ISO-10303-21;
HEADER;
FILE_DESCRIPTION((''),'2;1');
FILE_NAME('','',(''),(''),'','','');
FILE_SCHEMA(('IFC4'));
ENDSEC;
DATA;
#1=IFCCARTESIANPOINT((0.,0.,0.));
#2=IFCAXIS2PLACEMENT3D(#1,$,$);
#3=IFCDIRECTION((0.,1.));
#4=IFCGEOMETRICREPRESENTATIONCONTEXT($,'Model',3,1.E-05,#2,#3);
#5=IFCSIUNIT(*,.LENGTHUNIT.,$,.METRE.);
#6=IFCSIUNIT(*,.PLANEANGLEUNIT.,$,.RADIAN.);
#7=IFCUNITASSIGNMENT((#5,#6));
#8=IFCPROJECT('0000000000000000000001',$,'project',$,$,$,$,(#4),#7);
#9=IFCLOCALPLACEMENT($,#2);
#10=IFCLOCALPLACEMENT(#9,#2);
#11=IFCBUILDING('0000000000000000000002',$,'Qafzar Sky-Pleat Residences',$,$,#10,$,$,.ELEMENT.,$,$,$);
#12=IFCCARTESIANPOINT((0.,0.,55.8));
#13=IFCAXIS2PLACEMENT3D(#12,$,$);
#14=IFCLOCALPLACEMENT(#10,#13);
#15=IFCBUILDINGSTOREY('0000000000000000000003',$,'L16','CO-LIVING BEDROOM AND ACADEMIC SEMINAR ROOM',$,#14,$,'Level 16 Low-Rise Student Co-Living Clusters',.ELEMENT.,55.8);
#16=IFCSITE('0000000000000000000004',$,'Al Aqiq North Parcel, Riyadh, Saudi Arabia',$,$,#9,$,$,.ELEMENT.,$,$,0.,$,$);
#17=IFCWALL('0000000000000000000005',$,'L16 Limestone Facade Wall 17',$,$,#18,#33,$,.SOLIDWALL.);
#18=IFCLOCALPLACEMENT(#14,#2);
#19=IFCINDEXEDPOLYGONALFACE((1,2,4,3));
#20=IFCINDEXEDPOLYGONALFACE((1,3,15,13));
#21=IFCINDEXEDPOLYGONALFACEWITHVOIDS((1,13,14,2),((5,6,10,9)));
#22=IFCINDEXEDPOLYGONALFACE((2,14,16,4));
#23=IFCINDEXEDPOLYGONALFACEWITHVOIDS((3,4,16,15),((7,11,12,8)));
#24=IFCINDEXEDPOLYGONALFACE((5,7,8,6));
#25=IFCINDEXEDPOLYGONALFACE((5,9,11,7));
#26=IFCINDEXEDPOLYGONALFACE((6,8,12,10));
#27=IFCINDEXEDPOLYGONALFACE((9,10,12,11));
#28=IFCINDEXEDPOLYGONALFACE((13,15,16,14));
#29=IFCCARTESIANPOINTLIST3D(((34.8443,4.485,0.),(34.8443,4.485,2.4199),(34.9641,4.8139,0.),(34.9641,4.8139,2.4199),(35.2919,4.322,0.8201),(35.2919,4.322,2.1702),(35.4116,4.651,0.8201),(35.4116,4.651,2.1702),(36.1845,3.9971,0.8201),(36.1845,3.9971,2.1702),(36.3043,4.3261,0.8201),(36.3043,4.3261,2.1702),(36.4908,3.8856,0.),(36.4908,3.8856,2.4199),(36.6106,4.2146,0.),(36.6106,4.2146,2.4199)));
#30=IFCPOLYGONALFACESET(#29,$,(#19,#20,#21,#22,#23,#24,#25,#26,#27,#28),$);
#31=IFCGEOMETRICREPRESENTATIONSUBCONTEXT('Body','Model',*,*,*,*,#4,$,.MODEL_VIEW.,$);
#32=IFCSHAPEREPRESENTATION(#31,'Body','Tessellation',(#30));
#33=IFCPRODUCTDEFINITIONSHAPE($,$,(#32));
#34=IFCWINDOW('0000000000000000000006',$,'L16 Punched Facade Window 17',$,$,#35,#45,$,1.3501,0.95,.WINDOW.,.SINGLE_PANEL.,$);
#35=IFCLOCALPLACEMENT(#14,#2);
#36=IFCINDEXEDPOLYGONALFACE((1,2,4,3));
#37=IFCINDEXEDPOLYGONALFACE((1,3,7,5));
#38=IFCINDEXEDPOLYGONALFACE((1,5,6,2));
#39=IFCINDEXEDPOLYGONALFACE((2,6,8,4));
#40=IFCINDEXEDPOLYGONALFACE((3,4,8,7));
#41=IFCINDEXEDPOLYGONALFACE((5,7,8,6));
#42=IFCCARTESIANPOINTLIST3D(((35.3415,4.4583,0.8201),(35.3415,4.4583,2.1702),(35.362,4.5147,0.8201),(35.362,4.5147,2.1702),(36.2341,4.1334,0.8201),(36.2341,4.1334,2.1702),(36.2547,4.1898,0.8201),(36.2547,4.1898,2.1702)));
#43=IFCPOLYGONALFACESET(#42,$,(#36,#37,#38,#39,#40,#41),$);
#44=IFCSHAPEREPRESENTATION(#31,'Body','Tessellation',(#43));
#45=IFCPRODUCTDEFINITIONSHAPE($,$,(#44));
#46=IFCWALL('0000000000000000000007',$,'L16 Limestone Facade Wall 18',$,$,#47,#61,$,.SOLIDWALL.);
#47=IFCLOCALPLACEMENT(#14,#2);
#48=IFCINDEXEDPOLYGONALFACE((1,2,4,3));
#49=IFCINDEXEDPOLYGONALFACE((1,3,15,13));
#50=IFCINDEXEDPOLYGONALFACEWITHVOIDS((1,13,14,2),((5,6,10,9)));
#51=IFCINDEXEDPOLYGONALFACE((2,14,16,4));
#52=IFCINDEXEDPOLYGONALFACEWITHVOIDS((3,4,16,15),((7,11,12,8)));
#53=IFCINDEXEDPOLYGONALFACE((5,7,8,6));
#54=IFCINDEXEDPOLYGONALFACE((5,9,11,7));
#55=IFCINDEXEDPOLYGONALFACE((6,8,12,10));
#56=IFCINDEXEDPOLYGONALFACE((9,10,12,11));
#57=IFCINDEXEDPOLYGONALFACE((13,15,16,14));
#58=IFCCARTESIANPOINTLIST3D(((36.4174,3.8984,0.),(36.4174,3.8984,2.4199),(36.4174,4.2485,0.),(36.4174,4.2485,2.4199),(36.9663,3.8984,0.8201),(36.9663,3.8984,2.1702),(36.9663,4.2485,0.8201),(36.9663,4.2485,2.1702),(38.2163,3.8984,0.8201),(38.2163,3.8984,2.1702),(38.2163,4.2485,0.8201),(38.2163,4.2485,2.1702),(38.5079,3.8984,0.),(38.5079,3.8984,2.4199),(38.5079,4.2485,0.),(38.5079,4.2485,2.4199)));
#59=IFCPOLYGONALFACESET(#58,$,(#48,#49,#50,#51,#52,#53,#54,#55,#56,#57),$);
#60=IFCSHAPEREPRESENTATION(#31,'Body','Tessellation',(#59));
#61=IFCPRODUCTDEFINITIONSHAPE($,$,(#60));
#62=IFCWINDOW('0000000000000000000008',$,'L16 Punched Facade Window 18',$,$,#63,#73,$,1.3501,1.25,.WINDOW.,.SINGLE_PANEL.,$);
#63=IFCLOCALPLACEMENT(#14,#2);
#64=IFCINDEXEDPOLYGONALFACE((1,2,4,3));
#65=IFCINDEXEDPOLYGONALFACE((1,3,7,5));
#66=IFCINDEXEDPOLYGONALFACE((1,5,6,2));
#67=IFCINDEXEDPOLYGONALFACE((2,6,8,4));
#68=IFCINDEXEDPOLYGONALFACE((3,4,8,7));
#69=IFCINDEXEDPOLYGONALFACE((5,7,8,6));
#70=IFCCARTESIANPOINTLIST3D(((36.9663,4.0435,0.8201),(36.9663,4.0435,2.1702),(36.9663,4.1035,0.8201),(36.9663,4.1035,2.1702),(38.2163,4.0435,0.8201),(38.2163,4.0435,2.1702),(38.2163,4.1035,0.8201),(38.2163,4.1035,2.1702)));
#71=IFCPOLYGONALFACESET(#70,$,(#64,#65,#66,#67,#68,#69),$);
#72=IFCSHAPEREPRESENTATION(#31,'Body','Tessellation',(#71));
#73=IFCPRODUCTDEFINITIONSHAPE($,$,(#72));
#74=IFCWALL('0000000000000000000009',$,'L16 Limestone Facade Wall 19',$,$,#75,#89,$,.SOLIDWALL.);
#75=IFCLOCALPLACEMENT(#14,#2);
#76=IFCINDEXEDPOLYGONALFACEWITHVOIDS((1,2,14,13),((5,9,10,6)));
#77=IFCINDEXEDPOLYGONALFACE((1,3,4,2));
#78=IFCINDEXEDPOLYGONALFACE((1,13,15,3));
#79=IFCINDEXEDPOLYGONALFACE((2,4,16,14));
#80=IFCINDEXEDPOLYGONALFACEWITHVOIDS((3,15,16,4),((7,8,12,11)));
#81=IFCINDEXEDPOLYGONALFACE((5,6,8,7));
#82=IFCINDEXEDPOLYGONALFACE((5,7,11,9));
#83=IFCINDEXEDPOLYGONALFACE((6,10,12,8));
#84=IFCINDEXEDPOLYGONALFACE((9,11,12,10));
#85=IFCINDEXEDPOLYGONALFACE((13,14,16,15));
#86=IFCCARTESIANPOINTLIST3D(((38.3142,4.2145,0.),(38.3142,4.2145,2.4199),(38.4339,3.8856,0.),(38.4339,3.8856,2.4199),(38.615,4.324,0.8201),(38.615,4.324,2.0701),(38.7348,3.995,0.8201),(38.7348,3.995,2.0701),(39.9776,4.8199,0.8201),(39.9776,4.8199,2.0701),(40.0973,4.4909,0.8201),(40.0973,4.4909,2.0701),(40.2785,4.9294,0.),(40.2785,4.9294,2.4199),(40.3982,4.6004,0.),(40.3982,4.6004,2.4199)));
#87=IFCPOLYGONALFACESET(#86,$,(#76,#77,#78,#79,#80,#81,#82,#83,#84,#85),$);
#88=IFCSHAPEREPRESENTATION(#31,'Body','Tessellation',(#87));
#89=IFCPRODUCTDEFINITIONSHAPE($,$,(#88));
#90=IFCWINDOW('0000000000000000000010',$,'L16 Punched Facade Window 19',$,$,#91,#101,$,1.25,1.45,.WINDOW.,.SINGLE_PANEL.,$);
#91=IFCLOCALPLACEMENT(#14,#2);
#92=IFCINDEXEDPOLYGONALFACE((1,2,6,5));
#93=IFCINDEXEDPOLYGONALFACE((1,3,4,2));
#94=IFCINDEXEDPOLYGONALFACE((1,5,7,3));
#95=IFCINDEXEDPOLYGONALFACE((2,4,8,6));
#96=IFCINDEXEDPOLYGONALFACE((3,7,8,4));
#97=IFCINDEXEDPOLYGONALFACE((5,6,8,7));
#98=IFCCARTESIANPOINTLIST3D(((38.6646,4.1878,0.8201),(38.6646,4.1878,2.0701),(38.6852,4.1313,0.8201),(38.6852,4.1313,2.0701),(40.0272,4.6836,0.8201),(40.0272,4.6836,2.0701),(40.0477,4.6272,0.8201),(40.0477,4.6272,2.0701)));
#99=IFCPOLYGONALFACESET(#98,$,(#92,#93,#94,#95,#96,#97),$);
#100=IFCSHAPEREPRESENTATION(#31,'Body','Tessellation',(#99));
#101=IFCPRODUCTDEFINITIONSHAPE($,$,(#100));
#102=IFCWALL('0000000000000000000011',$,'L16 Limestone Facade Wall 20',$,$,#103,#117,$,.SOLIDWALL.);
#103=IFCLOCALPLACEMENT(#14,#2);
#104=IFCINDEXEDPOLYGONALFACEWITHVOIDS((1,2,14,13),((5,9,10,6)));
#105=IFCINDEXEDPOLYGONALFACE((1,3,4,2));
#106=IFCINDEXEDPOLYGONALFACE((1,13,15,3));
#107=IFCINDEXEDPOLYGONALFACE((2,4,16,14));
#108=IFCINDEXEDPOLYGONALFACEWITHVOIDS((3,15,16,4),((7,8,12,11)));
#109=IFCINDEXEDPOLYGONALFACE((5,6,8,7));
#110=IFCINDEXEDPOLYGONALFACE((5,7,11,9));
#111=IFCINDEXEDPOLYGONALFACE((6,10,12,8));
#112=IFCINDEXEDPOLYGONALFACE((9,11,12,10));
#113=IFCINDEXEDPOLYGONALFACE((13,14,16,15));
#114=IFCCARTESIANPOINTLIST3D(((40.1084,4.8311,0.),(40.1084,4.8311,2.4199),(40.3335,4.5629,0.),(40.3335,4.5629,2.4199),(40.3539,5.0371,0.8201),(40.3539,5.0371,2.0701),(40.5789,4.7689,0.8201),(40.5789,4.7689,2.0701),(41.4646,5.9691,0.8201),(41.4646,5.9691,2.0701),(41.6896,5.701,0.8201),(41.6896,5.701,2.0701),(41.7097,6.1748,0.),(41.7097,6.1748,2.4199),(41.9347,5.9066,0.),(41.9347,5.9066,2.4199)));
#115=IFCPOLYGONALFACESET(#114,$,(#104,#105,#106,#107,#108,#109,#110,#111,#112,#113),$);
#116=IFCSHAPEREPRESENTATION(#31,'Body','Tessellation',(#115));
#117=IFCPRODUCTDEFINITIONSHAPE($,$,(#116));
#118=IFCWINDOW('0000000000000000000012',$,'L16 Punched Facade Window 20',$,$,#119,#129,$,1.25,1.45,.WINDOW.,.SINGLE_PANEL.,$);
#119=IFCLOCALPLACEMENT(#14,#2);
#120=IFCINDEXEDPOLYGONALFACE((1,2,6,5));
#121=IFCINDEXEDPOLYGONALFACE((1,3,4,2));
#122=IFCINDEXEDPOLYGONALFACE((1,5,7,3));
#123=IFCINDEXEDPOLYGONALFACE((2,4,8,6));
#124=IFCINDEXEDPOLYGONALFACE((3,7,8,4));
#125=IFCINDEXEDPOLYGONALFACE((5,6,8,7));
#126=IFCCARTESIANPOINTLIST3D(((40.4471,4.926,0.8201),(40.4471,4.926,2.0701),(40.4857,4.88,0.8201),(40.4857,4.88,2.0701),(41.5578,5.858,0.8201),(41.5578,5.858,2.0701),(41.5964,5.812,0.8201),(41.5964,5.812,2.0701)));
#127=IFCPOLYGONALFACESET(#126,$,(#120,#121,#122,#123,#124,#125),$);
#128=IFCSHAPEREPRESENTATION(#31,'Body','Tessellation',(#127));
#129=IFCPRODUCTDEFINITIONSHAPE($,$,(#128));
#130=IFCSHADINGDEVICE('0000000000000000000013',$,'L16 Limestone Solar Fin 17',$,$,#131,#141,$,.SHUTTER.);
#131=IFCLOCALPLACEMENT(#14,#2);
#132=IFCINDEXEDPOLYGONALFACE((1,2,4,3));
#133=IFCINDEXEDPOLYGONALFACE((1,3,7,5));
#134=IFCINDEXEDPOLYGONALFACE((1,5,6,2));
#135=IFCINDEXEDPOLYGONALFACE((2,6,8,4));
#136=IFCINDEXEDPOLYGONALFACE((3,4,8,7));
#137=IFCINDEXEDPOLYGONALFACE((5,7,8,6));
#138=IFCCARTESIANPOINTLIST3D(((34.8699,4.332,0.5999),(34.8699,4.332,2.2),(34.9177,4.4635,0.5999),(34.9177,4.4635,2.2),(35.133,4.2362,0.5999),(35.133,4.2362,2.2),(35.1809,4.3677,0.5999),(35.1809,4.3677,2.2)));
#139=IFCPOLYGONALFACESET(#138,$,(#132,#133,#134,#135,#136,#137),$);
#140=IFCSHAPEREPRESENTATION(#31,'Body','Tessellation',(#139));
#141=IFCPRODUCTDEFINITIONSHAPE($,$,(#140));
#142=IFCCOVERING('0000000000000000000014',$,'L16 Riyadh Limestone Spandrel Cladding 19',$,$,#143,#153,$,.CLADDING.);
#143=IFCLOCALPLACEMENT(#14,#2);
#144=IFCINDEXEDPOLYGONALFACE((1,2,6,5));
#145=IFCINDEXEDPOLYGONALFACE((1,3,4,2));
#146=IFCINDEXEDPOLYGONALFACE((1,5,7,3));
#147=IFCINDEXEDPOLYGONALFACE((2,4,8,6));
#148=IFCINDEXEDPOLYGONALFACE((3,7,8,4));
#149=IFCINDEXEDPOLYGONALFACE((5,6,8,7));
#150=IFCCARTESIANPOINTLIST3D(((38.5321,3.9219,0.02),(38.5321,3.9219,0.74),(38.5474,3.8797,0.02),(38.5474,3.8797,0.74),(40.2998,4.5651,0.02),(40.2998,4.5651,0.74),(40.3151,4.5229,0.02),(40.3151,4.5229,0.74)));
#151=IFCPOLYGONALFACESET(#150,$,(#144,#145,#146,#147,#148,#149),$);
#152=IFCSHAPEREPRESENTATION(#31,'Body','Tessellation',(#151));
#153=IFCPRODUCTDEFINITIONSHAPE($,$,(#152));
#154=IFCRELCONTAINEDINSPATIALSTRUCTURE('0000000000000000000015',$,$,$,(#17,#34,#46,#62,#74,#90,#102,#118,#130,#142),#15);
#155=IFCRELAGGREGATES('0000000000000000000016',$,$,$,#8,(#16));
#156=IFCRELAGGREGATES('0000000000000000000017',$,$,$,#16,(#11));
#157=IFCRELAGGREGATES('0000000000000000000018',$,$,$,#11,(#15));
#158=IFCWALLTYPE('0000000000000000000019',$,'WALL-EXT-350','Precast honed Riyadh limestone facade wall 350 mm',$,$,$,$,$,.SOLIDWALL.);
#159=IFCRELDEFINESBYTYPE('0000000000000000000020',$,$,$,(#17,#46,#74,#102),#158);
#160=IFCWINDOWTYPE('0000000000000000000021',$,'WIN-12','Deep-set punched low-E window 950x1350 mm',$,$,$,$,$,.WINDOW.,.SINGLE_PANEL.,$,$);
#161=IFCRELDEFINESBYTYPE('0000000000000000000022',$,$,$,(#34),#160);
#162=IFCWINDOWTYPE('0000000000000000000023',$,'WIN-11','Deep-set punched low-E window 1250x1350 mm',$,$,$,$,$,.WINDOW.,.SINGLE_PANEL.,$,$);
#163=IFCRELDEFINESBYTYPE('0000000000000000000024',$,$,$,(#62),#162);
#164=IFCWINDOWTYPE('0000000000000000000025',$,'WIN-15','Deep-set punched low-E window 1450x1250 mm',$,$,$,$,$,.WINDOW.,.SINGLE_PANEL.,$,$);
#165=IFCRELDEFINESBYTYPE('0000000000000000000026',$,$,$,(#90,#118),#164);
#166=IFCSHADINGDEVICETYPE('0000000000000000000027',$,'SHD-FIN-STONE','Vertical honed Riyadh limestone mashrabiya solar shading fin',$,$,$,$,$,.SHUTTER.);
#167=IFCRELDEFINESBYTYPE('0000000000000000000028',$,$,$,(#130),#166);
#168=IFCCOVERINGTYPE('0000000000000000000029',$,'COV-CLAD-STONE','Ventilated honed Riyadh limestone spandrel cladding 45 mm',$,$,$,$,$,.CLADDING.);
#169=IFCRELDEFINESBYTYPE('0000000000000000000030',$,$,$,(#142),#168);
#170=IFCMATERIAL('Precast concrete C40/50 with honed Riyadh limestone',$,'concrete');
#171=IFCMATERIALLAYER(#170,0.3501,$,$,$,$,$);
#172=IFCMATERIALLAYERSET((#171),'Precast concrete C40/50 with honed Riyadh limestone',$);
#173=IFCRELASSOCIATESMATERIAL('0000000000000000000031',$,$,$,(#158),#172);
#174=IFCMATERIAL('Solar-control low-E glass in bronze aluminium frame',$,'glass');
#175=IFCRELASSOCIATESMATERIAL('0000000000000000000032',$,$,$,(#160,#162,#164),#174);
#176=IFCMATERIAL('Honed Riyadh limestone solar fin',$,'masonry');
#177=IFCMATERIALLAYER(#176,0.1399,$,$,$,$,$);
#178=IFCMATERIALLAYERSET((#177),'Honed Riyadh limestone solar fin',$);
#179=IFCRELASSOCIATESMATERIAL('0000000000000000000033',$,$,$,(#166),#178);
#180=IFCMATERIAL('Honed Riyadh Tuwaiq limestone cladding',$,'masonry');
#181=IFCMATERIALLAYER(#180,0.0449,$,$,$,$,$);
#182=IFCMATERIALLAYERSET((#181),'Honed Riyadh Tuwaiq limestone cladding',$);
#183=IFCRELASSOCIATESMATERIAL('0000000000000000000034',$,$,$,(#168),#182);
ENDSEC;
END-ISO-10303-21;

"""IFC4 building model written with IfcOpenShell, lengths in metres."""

from ifc_helpers import new_model, si_unit, direction, frame, frame_2d, origin, origin_2d, place, context, subcontext, project, spatial, rectangle, extrude, source, transform, mapped, material, layer, layer_set, type_object, element, fill, save


model = new_model("IFC4")

# Units and contexts
model_context = context("Model", 3, precision=1e-05, world=origin(), true_north=direction((0.0, 1.0)))
body_context = subcontext(model_context, "Body", "Model", "MODEL_VIEW")
ifc_project = project(units=[si_unit("LENGTHUNIT", "METRE"), si_unit("PLANEANGLEUNIT", "RADIAN")], contexts=[model_context])

# Site, building, storey
site_placement = place(None, origin())
site = spatial("IfcSite", under=ifc_project, at=site_placement, Name="Al Aqiq North Parcel, Riyadh, Saudi Arabia", CompositionType="ELEMENT", RefElevation=0.0)
building_placement = place(site_placement, origin())
building = spatial("IfcBuilding", under=site, at=building_placement, Name="Qafzar Sky-Pleat Residences", CompositionType="ELEMENT")
storey_placement = place(building_placement, frame((0.0, 0.0, 55.8)))
storey = spatial("IfcBuildingStorey", under=building, at=storey_placement, Name="L16", Description="CO-LIVING BEDROOM AND ACADEMIC SEMINAR ROOM", LongName="Level 16 Low-Rise Student Co-Living Clusters", CompositionType="ELEMENT", Elevation=55.8)

# Walls, openings, windows
ifc_material_1 = material(Name="Precast concrete C40/50 with honed Riyadh limestone", Category="concrete")
ifc_layer_1 = layer(ifc_material_1, 0.3501)
ifc_layer_set_1 = layer_set([ifc_layer_1], Name="Precast concrete C40/50 with honed Riyadh limestone")
wall_type_1 = type_object("IfcWallType", Name="WALL-EXT-350", Description="Precast honed Riyadh limestone facade wall 350 mm", PredefinedType="SOLIDWALL", material=ifc_layer_set_1)
wall_1_placement = place(storey_placement, frame((34.9043, 4.6494, 0.0), z_axis=(0.0, 0.0, 1.0), x_axis=(0.939675, -0.342067, 0.0)))
wall_1 = element("IfcWall", 1, at=wall_1_placement, inside=storey, type_object=wall_type_1, Name="L16 Limestone Facade Wall 17", PredefinedType="SOLIDWALL", context=body_context, shape_type="SweptSolid", body=[
    extrude(rectangle(XDim=1.7522, YDim=0.3501, at=frame_2d((0.876, 0.0))), origin(), (0.0, 0.0, 1.0), 2.4199),
])
opening_1_placement = place(wall_1_placement, frame((0.4761, 0.0, 0.8201)))
opening_1 = element("IfcOpeningElement", 2, at=opening_1_placement, cuts=wall_1, PredefinedType="OPENING", context=body_context, shape_type="SweptSolid", body=[
    extrude(rectangle(XDim=0.95, YDim=1.3501, at=frame_2d((0.4751, 0.675))), frame((0.0, 0.1851, 0.0), z_axis=(0.0, -1.0, 0.0), x_axis=(1.0, 0.0, 0.0)), (0.0, 0.0, 1.0), 0.3701),
])
ifc_material_2 = material(Name="Solar-control low-E glass in bronze aluminium frame", Category="glass")
window_type_1 = type_object("IfcWindowType", Name="WIN-12", Description="Deep-set punched low-E window 950x1350 mm", PartitioningType="SINGLE_PANEL", PredefinedType="WINDOW", material=ifc_material_2)
shared_shape_1 = source(origin(), body_context, "Body", "SweptSolid", [
    extrude(rectangle(XDim=0.95, YDim=1.3501, at=frame_2d((0.4751, 0.675))), frame((0.0, 0.03, 0.0), z_axis=(0.0, -1.0, 0.0), x_axis=(1.0, 0.0, 0.0)), (0.0, 0.0, 1.0), 0.0601),
])
window_1_placement = place(opening_1_placement, origin())
window_1 = element("IfcWindow", 3, at=window_1_placement, inside=storey, type_object=window_type_1, Name="L16 Punched Facade Window 17", OverallHeight=1.3501, OverallWidth=0.95, PartitioningType="SINGLE_PANEL", PredefinedType="WINDOW", context=body_context, shape_type="MappedRepresentation", body=[
    mapped(shared_shape_1, transform((0.0, 0.0, 0.0), x_axis=(1.0, 0.0, 0.0), y_axis=(0.0, 1.0, 0.0), z_axis=(0.0, 0.0, 1.0), scale=1.0)),
])
fill(opening_1, window_1)
wall_2_placement = place(storey_placement, frame((36.4172, 4.0735, 0.0), z_axis=(0.0, 0.0, 1.0), x_axis=(1.0, 0.0, 0.0)))
wall_2 = element("IfcWall", 4, at=wall_2_placement, inside=storey, type_object=wall_type_1, Name="L16 Limestone Facade Wall 18", PredefinedType="SOLIDWALL", context=body_context, shape_type="SweptSolid", body=[
    extrude(rectangle(XDim=2.0906, YDim=0.3501, at=frame_2d((1.0454, 0.0))), origin(), (0.0, 0.0, 1.0), 2.4199),
])
opening_2_placement = place(wall_2_placement, frame((0.5491, 0.0, 0.8201)))
opening_2 = element("IfcOpeningElement", 5, at=opening_2_placement, cuts=wall_2, PredefinedType="OPENING", context=body_context, shape_type="SweptSolid", body=[
    extrude(rectangle(XDim=1.25, YDim=1.3501, at=frame_2d((0.625, 0.675))), frame((0.0, 0.1851, 0.0), z_axis=(0.0, -1.0, 0.0), x_axis=(1.0, 0.0, 0.0)), (0.0, 0.0, 1.0), 0.3701),
])
window_type_2 = type_object("IfcWindowType", Name="WIN-11", Description="Deep-set punched low-E window 1250x1350 mm", PartitioningType="SINGLE_PANEL", PredefinedType="WINDOW", material=ifc_material_2)
shared_shape_2 = source(origin(), body_context, "Body", "SweptSolid", [
    extrude(rectangle(XDim=1.25, YDim=1.3501, at=frame_2d((0.625, 0.675))), frame((0.0, 0.03, 0.0), z_axis=(0.0, -1.0, 0.0), x_axis=(1.0, 0.0, 0.0)), (0.0, 0.0, 1.0), 0.0601),
])
window_2_placement = place(opening_2_placement, origin())
window_2 = element("IfcWindow", 6, at=window_2_placement, inside=storey, type_object=window_type_2, Name="L16 Punched Facade Window 18", OverallHeight=1.3501, OverallWidth=1.25, PartitioningType="SINGLE_PANEL", PredefinedType="WINDOW", context=body_context, shape_type="MappedRepresentation", body=[
    mapped(shared_shape_2, transform((0.0, 0.0, 0.0), x_axis=(1.0, 0.0, 0.0), y_axis=(0.0, 1.0, 0.0), z_axis=(0.0, 0.0, 1.0), scale=1.0)),
])
fill(opening_2, window_2)
wall_3_placement = place(storey_placement, frame((38.374, 4.05, 0.0), z_axis=(0.0, 0.0, 1.0), x_axis=(0.939712, 0.341968, 0.0)))
wall_3 = element("IfcWall", 7, at=wall_3_placement, inside=storey, type_object=wall_type_1, Name="L16 Limestone Facade Wall 19", PredefinedType="SOLIDWALL", context=body_context, shape_type="SweptSolid", body=[
    extrude(rectangle(XDim=2.0903, YDim=0.3501, at=frame_2d((1.0452, 0.0))), origin(), (0.0, 0.0, 1.0), 2.4199),
])
opening_3_placement = place(wall_3_placement, frame((0.3201, 0.0, 0.8201)))
opening_3 = element("IfcOpeningElement", 8, at=opening_3_placement, cuts=wall_3, PredefinedType="OPENING", context=body_context, shape_type="SweptSolid", body=[
    extrude(rectangle(XDim=1.45, YDim=1.25, at=frame_2d((0.7251, 0.625))), frame((0.0, 0.1851, 0.0), z_axis=(0.0, -1.0, 0.0), x_axis=(1.0, 0.0, 0.0)), (0.0, 0.0, 1.0), 0.3701),
])
window_type_3 = type_object("IfcWindowType", Name="WIN-15", Description="Deep-set punched low-E window 1450x1250 mm", PartitioningType="SINGLE_PANEL", PredefinedType="WINDOW", material=ifc_material_2)
shared_shape_3 = source(origin(), body_context, "Body", "SweptSolid", [
    extrude(rectangle(XDim=1.45, YDim=1.25, at=frame_2d((0.7251, 0.625))), frame((0.0, 0.03, 0.0), z_axis=(0.0, -1.0, 0.0), x_axis=(1.0, 0.0, 0.0)), (0.0, 0.0, 1.0), 0.0601),
])
window_3_placement = place(opening_3_placement, origin())
window_3 = element("IfcWindow", 9, at=window_3_placement, inside=storey, type_object=window_type_3, Name="L16 Punched Facade Window 19", OverallHeight=1.25, OverallWidth=1.45, PartitioningType="SINGLE_PANEL", PredefinedType="WINDOW", context=body_context, shape_type="MappedRepresentation", body=[
    mapped(shared_shape_3, transform((0.0, 0.0, 0.0), x_axis=(1.0, 0.0, 0.0), y_axis=(0.0, 1.0, 0.0), z_axis=(0.0, 0.0, 1.0), scale=1.0)),
])
fill(opening_3, window_3)
wall_4_placement = place(storey_placement, frame((40.2209, 4.697, 0.0), z_axis=(0.0, 0.0, 1.0), x_axis=(0.766025, 0.642811, 0.0)))
wall_4 = element("IfcWall", 10, at=wall_4_placement, inside=storey, type_object=wall_type_1, Name="L16 Limestone Facade Wall 20", PredefinedType="SOLIDWALL", context=body_context, shape_type="SweptSolid", body=[
    extrude(rectangle(XDim=2.0903, YDim=0.3501, at=frame_2d((1.0452, 0.0))), origin(), (0.0, 0.0, 1.0), 2.4199),
])
opening_4_placement = place(wall_4_placement, frame((0.3203, 0.0, 0.8201)))
opening_4 = element("IfcOpeningElement", 11, at=opening_4_placement, cuts=wall_4, PredefinedType="OPENING", context=body_context, shape_type="SweptSolid", body=[
    extrude(rectangle(XDim=1.45, YDim=1.25, at=frame_2d((0.7251, 0.625))), frame((0.0, 0.1851, 0.0), z_axis=(0.0, -1.0, 0.0), x_axis=(1.0, 0.0, 0.0)), (0.0, 0.0, 1.0), 0.3701),
])
window_4_placement = place(opening_4_placement, origin())
window_4 = element("IfcWindow", 12, at=window_4_placement, inside=storey, type_object=window_type_3, Name="L16 Punched Facade Window 20", OverallHeight=1.25, OverallWidth=1.45, PartitioningType="SINGLE_PANEL", PredefinedType="WINDOW", context=body_context, shape_type="MappedRepresentation", body=[
    mapped(shared_shape_3, transform((0.0, 0.0, 0.0), x_axis=(1.0, 0.0, 0.0), y_axis=(0.0, 1.0, 0.0), z_axis=(0.0, 0.0, 1.0), scale=1.0)),
])
fill(opening_4, window_4)

# Shading device
ifc_material_3 = material(Name="Honed Riyadh limestone solar fin", Category="masonry")
ifc_layer_2 = layer(ifc_material_3, 0.1399)
ifc_layer_set_2 = layer_set([ifc_layer_2], Name="Honed Riyadh limestone solar fin")
shading_device_type = type_object("IfcShadingDeviceType", Name="SHD-FIN-STONE", Description="Vertical honed Riyadh limestone mashrabiya solar shading fin", PredefinedType="SHUTTER", material=ifc_layer_set_2)
shared_shape_4 = source(origin(), body_context, "Body", "SweptSolid", [
    extrude(rectangle(XDim=0.1399, YDim=0.28, at=origin_2d()), origin(), (0.0, 0.0, 1.0), 1.6001),
])
shading_device_placement = place(storey_placement, frame((35.0254, 4.3499, 0.5999), z_axis=(0.0, 0.0, 1.0), x_axis=(-0.34201, -0.939696, 0.0)))
element("IfcShadingDevice", 13, at=shading_device_placement, inside=storey, type_object=shading_device_type, Name="L16 Limestone Solar Fin 17", PredefinedType="SHUTTER", context=body_context, shape_type="MappedRepresentation", body=[
    mapped(shared_shape_4, transform((0.0, 0.0, 0.0), x_axis=(1.0, 0.0, 0.0), y_axis=(0.0, 1.0, 0.0), z_axis=(0.0, 0.0, 1.0), scale=1.0)),
])

# Covering
ifc_material_4 = material(Name="Honed Riyadh Tuwaiq limestone cladding", Category="masonry")
ifc_layer_3 = layer(ifc_material_4, 0.0449)
ifc_layer_set_3 = layer_set([ifc_layer_3], Name="Honed Riyadh Tuwaiq limestone cladding")
covering_type = type_object("IfcCoveringType", Name="COV-CLAD-STONE", Description="Ventilated honed Riyadh limestone spandrel cladding 45 mm", PredefinedType="CLADDING", material=ifc_layer_set_3)
shared_shape_5 = source(origin(), body_context, "Body", "SweptSolid", [
    extrude(rectangle(XDim=1.8811, YDim=0.0449, at=origin_2d()), origin(), (0.0, 0.0, 1.0), 0.72),
])
covering_1_placement = place(storey_placement, frame((39.4236, 4.2224, 0.02), z_axis=(0.0, 0.0, 1.0), x_axis=(0.939715, 0.341958, 0.0)))
element("IfcCovering", 14, at=covering_1_placement, inside=storey, type_object=covering_type, Name="L16 Riyadh Limestone Spandrel Cladding 19", PredefinedType="CLADDING", context=body_context, shape_type="MappedRepresentation", body=[
    mapped(shared_shape_5, transform((0.0, 0.0, 0.0), x_axis=(1.0, 0.0, 0.0), y_axis=(0.0, 1.0, 0.0), z_axis=(0.0, 0.0, 1.0), scale=1.0)),
])

save(model, "model.ifc")
